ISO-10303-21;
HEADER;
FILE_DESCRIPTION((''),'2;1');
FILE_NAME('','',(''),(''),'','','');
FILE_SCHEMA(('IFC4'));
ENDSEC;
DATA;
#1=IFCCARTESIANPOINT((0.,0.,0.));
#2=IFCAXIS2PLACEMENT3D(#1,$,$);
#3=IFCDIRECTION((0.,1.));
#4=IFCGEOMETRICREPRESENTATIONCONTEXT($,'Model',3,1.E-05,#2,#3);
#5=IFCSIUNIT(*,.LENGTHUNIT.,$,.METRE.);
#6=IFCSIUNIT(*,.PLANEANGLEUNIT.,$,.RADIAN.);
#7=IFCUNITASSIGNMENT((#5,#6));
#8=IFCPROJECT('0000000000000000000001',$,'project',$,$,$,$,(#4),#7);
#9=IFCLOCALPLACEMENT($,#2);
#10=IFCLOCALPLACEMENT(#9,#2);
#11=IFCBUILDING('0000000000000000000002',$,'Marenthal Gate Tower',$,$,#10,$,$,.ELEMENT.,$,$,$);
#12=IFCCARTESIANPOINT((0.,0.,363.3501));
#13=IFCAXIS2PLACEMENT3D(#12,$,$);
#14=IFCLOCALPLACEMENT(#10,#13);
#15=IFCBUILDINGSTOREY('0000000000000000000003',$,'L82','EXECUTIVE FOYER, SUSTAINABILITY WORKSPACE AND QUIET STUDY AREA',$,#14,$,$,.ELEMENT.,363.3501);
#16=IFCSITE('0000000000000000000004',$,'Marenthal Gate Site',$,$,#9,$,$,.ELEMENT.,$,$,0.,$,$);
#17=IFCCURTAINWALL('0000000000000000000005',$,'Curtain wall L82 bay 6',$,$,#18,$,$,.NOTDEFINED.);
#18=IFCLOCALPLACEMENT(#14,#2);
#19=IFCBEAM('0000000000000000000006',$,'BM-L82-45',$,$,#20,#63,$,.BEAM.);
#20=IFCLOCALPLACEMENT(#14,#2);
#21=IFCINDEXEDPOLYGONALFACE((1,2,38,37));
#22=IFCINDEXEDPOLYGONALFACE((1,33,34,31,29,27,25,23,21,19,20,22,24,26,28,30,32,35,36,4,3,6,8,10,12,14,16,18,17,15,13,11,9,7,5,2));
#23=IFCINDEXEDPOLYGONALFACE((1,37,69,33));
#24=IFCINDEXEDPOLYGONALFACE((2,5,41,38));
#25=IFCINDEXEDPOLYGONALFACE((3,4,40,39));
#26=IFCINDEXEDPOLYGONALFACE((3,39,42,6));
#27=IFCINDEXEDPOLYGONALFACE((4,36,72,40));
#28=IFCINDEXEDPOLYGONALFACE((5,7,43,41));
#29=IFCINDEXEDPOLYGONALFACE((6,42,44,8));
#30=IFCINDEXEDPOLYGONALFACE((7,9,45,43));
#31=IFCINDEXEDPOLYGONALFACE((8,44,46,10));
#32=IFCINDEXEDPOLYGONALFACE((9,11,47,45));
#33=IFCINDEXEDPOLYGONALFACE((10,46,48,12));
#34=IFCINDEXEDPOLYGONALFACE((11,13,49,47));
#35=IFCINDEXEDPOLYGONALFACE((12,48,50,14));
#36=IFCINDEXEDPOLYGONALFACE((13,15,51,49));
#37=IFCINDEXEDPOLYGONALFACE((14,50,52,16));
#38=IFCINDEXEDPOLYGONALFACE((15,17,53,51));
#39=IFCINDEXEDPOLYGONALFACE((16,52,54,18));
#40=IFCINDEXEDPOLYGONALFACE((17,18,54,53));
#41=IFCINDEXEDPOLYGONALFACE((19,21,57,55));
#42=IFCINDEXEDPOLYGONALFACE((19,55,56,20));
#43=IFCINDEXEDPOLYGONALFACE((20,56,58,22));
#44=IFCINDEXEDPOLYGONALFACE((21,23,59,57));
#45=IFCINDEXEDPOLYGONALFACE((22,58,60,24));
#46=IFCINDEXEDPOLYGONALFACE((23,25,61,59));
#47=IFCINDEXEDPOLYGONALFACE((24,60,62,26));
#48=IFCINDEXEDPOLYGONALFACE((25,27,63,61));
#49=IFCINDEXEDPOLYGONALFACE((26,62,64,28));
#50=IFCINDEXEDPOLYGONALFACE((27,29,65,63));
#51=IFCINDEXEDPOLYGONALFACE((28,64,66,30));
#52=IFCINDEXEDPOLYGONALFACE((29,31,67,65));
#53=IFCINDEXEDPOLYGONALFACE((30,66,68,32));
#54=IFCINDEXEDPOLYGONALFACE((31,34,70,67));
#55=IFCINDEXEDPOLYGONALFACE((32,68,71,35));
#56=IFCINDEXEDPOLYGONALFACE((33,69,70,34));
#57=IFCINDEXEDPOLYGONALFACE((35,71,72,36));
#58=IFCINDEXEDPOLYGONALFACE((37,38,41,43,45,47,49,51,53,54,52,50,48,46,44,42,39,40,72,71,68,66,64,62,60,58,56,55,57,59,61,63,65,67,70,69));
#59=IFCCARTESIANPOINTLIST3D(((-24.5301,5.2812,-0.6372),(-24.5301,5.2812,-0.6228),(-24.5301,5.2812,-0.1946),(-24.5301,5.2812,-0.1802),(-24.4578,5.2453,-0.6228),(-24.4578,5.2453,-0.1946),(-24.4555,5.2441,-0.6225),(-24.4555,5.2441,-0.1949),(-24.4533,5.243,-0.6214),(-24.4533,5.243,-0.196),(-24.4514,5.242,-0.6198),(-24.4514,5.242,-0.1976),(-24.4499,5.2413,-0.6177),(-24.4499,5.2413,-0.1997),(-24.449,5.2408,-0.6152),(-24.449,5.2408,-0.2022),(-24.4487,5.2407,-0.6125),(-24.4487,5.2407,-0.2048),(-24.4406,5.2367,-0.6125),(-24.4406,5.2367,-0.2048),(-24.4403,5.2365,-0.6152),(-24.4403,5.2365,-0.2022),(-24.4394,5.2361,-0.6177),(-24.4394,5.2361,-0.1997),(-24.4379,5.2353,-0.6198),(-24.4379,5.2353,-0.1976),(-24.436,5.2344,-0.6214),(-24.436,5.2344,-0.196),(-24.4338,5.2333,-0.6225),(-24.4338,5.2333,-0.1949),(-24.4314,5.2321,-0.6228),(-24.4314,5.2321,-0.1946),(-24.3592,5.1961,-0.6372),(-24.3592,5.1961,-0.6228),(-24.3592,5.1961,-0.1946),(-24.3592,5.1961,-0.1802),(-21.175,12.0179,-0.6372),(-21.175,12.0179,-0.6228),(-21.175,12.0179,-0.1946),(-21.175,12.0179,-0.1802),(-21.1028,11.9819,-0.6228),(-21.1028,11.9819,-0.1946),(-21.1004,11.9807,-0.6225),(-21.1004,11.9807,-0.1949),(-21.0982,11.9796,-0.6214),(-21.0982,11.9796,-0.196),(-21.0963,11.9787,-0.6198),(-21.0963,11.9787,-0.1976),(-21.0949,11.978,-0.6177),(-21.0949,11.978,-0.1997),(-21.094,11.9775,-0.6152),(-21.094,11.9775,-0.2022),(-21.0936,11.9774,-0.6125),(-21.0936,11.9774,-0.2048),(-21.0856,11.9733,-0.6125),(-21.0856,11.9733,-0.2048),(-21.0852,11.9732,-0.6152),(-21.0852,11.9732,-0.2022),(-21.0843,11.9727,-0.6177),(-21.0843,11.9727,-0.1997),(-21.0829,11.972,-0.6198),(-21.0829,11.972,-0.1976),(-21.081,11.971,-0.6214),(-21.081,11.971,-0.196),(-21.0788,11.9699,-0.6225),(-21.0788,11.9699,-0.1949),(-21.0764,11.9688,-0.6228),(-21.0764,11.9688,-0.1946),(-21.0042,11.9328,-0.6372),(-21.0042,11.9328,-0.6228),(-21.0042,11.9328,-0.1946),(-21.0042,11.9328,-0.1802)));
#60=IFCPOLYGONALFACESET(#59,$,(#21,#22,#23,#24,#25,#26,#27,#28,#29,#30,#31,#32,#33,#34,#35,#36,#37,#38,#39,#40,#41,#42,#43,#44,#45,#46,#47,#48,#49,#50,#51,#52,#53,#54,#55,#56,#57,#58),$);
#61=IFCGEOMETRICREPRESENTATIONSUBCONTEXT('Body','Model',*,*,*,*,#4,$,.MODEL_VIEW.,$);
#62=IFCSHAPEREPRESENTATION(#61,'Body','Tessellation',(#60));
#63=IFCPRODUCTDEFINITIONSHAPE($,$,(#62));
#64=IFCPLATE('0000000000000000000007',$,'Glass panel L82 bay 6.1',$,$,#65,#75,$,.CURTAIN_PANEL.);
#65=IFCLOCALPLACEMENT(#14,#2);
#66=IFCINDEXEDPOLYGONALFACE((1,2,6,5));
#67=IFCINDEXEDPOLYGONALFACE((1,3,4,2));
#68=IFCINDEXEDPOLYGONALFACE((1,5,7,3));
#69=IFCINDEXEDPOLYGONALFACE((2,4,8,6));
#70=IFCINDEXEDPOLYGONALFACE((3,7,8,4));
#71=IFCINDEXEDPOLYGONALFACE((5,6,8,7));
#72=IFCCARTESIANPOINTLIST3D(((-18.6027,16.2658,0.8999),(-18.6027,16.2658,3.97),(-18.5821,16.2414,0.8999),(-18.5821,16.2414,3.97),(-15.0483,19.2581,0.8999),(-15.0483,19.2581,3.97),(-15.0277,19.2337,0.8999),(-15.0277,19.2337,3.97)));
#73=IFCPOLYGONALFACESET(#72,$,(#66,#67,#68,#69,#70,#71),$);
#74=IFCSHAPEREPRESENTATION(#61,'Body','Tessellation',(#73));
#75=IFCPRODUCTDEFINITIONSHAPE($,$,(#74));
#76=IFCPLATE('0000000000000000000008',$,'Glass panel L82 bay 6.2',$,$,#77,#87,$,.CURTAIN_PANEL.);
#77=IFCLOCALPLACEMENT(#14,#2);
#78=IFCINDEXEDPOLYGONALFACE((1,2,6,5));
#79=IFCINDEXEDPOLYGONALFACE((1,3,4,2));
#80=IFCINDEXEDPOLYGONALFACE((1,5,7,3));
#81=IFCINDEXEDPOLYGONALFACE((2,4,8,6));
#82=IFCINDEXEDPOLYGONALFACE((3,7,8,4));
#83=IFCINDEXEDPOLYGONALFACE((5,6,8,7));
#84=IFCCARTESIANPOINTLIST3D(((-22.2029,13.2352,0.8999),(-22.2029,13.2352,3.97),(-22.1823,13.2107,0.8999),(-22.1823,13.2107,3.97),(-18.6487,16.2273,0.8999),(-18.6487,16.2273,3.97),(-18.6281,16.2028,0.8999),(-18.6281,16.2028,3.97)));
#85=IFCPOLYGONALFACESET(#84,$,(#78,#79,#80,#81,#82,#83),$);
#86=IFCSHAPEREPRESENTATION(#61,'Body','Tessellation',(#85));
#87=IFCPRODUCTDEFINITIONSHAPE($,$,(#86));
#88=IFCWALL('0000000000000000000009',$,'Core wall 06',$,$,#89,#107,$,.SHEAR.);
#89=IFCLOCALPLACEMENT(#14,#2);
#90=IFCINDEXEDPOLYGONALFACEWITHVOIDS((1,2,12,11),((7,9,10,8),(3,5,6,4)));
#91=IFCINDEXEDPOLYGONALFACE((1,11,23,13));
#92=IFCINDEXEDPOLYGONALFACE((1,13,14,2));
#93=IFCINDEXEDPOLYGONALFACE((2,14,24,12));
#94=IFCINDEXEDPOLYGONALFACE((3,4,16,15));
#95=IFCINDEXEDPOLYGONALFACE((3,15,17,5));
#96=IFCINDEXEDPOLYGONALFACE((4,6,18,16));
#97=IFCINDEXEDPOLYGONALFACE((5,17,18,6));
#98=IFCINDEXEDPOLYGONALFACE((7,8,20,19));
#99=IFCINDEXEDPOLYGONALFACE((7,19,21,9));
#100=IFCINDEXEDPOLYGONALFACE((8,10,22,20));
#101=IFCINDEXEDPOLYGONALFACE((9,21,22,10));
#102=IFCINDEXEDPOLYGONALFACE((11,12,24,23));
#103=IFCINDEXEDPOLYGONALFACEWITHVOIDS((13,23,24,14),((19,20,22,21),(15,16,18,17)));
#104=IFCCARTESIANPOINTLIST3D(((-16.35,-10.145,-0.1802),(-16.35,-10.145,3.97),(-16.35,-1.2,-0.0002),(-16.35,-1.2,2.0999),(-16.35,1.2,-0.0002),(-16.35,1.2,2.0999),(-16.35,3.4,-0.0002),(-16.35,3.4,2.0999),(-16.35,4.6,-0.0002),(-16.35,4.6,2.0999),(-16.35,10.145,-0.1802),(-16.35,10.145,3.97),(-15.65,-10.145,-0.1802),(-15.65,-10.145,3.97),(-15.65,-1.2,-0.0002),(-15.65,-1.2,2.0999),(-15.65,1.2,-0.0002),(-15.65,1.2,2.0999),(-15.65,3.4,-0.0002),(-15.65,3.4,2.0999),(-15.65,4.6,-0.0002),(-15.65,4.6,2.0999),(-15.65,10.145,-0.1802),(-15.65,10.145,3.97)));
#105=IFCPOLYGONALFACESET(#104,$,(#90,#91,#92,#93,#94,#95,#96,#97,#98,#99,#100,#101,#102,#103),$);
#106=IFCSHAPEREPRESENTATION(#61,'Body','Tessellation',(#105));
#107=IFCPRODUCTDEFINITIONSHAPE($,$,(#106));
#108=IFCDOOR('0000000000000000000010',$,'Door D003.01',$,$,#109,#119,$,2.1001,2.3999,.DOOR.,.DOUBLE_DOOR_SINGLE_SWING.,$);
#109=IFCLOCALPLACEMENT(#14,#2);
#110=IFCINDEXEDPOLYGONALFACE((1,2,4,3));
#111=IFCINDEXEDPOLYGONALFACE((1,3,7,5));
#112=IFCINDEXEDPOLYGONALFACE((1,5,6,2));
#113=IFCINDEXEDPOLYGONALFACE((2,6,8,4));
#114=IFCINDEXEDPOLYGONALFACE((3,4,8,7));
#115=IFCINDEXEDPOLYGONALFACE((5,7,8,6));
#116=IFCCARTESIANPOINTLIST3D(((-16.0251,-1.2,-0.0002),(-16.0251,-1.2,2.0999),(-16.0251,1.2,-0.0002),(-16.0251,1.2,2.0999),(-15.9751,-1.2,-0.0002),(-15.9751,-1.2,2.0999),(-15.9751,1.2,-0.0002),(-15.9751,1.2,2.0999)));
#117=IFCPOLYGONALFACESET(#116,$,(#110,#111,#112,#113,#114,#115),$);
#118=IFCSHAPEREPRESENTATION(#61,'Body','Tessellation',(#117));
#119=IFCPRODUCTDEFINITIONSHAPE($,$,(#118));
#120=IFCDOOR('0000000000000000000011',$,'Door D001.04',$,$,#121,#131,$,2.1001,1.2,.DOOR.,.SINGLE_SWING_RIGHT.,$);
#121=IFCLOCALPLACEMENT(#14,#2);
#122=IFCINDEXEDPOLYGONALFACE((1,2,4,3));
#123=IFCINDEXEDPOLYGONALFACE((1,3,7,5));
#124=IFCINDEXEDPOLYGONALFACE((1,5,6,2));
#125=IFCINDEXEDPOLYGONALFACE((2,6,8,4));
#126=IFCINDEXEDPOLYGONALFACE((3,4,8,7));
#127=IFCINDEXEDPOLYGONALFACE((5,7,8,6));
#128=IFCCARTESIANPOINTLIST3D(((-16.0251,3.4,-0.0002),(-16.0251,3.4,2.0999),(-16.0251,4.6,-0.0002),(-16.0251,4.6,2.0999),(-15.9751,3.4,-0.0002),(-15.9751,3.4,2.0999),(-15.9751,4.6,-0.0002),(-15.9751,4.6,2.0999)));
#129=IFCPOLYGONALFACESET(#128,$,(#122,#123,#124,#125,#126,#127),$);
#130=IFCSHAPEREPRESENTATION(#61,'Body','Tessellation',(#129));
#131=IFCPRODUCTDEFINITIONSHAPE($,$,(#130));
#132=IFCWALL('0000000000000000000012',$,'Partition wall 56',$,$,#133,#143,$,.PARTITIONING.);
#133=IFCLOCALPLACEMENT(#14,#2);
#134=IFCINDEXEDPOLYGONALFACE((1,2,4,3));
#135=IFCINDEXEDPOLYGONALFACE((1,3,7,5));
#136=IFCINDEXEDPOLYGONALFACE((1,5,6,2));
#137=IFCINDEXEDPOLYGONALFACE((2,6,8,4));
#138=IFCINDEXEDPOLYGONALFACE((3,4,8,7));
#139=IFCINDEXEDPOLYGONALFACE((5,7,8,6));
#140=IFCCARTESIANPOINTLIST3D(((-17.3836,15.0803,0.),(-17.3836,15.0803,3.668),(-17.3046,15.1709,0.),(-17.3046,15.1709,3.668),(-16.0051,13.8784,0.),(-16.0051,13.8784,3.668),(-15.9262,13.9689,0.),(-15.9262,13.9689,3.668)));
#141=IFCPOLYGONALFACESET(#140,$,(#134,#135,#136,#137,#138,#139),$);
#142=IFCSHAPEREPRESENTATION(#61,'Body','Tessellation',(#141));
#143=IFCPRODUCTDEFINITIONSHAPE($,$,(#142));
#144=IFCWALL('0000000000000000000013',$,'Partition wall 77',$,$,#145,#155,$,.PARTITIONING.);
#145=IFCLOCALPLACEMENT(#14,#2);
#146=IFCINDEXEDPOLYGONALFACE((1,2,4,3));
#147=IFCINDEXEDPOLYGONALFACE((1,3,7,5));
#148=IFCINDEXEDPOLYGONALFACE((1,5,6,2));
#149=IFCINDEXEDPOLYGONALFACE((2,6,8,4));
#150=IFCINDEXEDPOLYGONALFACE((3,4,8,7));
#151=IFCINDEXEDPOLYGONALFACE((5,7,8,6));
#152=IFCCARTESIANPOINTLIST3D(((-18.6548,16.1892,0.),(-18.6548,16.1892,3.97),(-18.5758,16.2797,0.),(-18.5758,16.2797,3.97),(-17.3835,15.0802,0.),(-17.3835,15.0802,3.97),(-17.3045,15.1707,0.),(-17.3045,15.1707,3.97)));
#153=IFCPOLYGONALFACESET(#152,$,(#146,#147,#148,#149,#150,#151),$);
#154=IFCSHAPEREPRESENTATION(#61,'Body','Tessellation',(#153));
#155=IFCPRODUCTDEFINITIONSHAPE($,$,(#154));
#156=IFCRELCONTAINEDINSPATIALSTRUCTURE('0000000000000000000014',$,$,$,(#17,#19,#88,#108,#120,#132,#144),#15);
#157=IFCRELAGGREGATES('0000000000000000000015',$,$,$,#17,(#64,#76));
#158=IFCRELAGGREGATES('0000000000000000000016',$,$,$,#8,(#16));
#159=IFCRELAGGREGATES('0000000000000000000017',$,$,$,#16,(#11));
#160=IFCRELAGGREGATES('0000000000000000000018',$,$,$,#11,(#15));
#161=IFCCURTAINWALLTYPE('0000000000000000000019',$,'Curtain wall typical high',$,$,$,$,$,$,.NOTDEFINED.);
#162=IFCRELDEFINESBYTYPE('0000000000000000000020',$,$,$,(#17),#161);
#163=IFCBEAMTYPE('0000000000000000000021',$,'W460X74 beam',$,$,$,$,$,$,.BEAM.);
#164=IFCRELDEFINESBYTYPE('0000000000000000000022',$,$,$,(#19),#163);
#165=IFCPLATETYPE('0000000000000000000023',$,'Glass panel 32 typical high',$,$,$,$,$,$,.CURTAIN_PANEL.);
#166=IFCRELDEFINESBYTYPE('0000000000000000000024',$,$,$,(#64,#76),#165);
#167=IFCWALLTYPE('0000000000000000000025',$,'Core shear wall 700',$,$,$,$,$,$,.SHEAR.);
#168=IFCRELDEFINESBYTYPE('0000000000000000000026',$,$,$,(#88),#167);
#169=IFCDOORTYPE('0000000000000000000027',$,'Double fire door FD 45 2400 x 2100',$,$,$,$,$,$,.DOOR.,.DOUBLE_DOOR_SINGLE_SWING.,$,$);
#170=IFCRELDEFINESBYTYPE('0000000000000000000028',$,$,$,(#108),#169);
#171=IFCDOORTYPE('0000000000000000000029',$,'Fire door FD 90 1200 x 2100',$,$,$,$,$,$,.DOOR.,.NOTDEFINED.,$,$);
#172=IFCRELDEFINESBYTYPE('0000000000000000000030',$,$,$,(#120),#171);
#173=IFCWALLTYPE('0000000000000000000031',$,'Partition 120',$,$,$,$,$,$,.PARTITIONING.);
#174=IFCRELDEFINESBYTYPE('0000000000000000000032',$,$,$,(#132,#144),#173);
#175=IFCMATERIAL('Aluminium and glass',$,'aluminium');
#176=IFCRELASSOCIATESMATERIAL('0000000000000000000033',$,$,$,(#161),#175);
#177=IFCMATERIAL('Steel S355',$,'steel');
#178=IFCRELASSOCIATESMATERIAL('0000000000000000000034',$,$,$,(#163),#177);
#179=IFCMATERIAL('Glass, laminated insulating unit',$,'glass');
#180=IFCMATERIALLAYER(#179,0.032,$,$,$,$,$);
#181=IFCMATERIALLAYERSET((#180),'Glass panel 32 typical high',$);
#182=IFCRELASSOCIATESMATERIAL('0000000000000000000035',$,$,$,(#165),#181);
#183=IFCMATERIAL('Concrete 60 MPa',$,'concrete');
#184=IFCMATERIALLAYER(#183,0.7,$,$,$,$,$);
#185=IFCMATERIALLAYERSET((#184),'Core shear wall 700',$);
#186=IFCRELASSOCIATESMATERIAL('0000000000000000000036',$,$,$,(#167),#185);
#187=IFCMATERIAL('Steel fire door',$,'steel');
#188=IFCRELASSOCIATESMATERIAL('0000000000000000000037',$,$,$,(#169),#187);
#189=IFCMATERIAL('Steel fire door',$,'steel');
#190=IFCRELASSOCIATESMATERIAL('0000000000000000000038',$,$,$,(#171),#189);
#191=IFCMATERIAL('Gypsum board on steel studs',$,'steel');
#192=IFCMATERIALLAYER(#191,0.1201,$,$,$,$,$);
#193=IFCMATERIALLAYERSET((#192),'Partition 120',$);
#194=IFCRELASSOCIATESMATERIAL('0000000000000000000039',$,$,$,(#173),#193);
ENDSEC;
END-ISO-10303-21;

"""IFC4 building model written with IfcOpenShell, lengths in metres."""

from ifc_helpers import new_model, si_unit, direction, frame, frame_2d, origin, origin_2d, place, context, subcontext, project, spatial, rectangle, i_section, extrude, material, layer, layer_set, material_profile, profile_set, type_object, element, fill, aggregate, save


model = new_model("IFC4")

# Units and contexts
model_context = context("Model", 3, precision=1e-05, world=origin(), true_north=direction((0.0, 1.0)))
body_context = subcontext(model_context, "Body", "Model", "MODEL_VIEW")
ifc_project = project(units=[si_unit("LENGTHUNIT", "METRE"), si_unit("PLANEANGLEUNIT", "RADIAN")], contexts=[model_context])

# Site, building, storey
site_placement = place(None, origin())
site = spatial("IfcSite", under=ifc_project, at=site_placement, Name="Marenthal Gate Site", CompositionType="ELEMENT", RefElevation=0.0)
building_placement = place(site_placement, origin())
building = spatial("IfcBuilding", under=site, at=building_placement, Name="Marenthal Gate Tower", CompositionType="ELEMENT")
storey_placement = place(building_placement, frame((0.0, 0.0, 363.3501)))
storey = spatial("IfcBuildingStorey", under=building, at=storey_placement, Name="L82", Description="EXECUTIVE FOYER, SUSTAINABILITY WORKSPACE AND QUIET STUDY AREA", CompositionType="ELEMENT", Elevation=363.3501)

# Curtain wall
ifc_material_1 = material(Name="Aluminium and glass", Category="aluminium")
curtain_wall_type = type_object("IfcCurtainWallType", Name="Curtain wall typical high", PredefinedType="NOTDEFINED", material=ifc_material_1)
curtain_wall_placement = place(storey_placement, origin())
curtain_wall = element("IfcCurtainWall", 1, at=curtain_wall_placement, inside=storey, type_object=curtain_wall_type, Name="Curtain wall L82 bay 6", PredefinedType="NOTDEFINED")

# Beam
ifc_material_2 = material(Name="Steel S355", Category="steel")
ifc_material_profile_1 = material_profile(ifc_material_2, i_section(OverallWidth=0.1909, OverallDepth=0.457, WebThickness=0.009, FlangeThickness=0.0144, FilletRadius=0.0103, at=origin_2d()), Name="W460X74")
ifc_profile_set_1 = profile_set([ifc_material_profile_1], Name="Steel S355")
beam_type_1 = type_object("IfcBeamType", Name="W460X74 beam", PredefinedType="BEAM", material=ifc_profile_set_1)
beam_1_placement = place(storey_placement, frame((-21.0896, 11.9753, -0.4087), z_axis=(-0.445799, -0.895133, 0.0), x_axis=(0.895133, -0.445799, 0.0)))
element("IfcBeam", 2, at=beam_1_placement, inside=storey, type_object=beam_type_1, Name="BM-L82-45", PredefinedType="BEAM", context=body_context, shape_type="SweptSolid", body=[
    extrude(i_section(OverallWidth=0.1909, OverallDepth=0.457, WebThickness=0.009, FlangeThickness=0.0144, FilletRadius=0.0103, at=origin_2d()), origin(), (0.0, 0.0, 1.0), 7.5259),
])

# Plates
ifc_material_3 = material(Name="Glass, laminated insulating unit", Category="glass")
ifc_layer_1 = layer(ifc_material_3, 0.032)
ifc_layer_set_1 = layer_set([ifc_layer_1], Name="Glass panel 32 typical high")
plate_type = type_object("IfcPlateType", Name="Glass panel 32 typical high", PredefinedType="CURTAIN_PANEL", material=ifc_layer_set_1)
plate_1_placement = place(storey_placement, frame((-16.8152, 17.7498, 0.8999), z_axis=(0.0, 0.0, 1.0), x_axis=(-0.765006, -0.644023, 0.0)))
plate_1 = element("IfcPlate", 3, at=plate_1_placement, type_object=plate_type, Name="Glass panel L82 bay 6.1", PredefinedType="CURTAIN_PANEL", context=body_context, shape_type="SweptSolid", body=[
    extrude(rectangle(XDim=4.6462, YDim=0.032, at=origin_2d()), origin(), (0.0, 0.0, 1.0), 3.0701),
])
plate_2_placement = place(storey_placement, frame((-20.4155, 14.719, 0.8999), z_axis=(0.0, 0.0, 1.0), x_axis=(-0.765006, -0.644023, 0.0)))
plate_2 = element("IfcPlate", 4, at=plate_2_placement, type_object=plate_type, Name="Glass panel L82 bay 6.2", PredefinedType="CURTAIN_PANEL", context=body_context, shape_type="SweptSolid", body=[
    extrude(rectangle(XDim=4.646, YDim=0.032, at=origin_2d()), origin(), (0.0, 0.0, 1.0), 3.0701),
])
aggregate(curtain_wall, [plate_1, plate_2])

# Wall, openings, doors
ifc_material_4 = material(Name="Concrete 60 MPa", Category="concrete")
ifc_layer_2 = layer(ifc_material_4, 0.7)
ifc_layer_set_2 = layer_set([ifc_layer_2], Name="Core shear wall 700")
wall_type_1 = type_object("IfcWallType", Name="Core shear wall 700", PredefinedType="SHEAR", material=ifc_layer_set_2)
wall_1_placement = place(storey_placement, frame((-16.0, 10.145, -0.1802), z_axis=(0.0, 0.0, 1.0), x_axis=(0.0, -1.0, 0.0)))
wall_1 = element("IfcWall", 5, at=wall_1_placement, inside=storey, type_object=wall_type_1, Name="Core wall 06", PredefinedType="SHEAR", context=body_context, shape_type="SweptSolid", body=[
    extrude(rectangle(XDim=20.29, YDim=0.7, at=frame_2d((10.145, 0.0))), origin(), (0.0, 0.0, 1.0), 4.1501),
])
opening_1_placement = place(wall_1_placement, frame((8.9451, 0.0, 0.1799)))
opening_1 = element("IfcOpeningElement", 6, at=opening_1_placement, cuts=wall_1, PredefinedType="OPENING", context=body_context, shape_type="SweptSolid", body=[
    extrude(rectangle(XDim=2.3999, YDim=2.1001, at=frame_2d((1.2, 1.05))), frame((0.0, 0.3599, 0.0), z_axis=(0.0, -1.0, 0.0), x_axis=(1.0, 0.0, 0.0)), (0.0, 0.0, 1.0), 0.72),
])
opening_2_placement = place(wall_1_placement, frame((5.5449, 0.0, 0.1799)))
opening_2 = element("IfcOpeningElement", 7, at=opening_2_placement, cuts=wall_1, PredefinedType="OPENING", context=body_context, shape_type="SweptSolid", body=[
    extrude(rectangle(XDim=1.2, YDim=2.1001, at=frame_2d((0.6001, 1.05))), frame((0.0, 0.3599, 0.0), z_axis=(0.0, -1.0, 0.0), x_axis=(1.0, 0.0, 0.0)), (0.0, 0.0, 1.0), 0.72),
])
ifc_material_5 = material(Name="Steel fire door", Category="steel")
door_type_1 = type_object("IfcDoorType", Name="Double fire door FD 45 2400 x 2100", OperationType="DOUBLE_DOOR_SINGLE_SWING", PredefinedType="DOOR", material=ifc_material_5)
door_1_placement = place(opening_1_placement, origin())
door_1 = element("IfcDoor", 8, at=door_1_placement, inside=storey, type_object=door_type_1, Name="Door D003.01", OperationType="DOUBLE_DOOR_SINGLE_SWING", OverallHeight=2.1001, OverallWidth=2.3999, PredefinedType="DOOR", context=body_context, shape_type="SweptSolid", body=[
    extrude(rectangle(XDim=2.3999, YDim=2.1001, at=frame_2d((1.2, 1.05))), frame((0.0, 0.0249, 0.0), z_axis=(0.0, -1.0, 0.0), x_axis=(1.0, 0.0, 0.0)), (0.0, 0.0, 1.0), 0.05),
])
fill(opening_1, door_1)
ifc_material_6 = material(Name="Steel fire door", Category="steel")
door_type_2 = type_object("IfcDoorType", Name="Fire door FD 90 1200 x 2100", OperationType="NOTDEFINED", PredefinedType="DOOR", material=ifc_material_6)
door_2_placement = place(opening_2_placement, origin())
door_2 = element("IfcDoor", 9, at=door_2_placement, inside=storey, type_object=door_type_2, Name="Door D001.04", OperationType="SINGLE_SWING_RIGHT", OverallHeight=2.1001, OverallWidth=1.2, PredefinedType="DOOR", context=body_context, shape_type="SweptSolid", body=[
    extrude(rectangle(XDim=1.2, YDim=2.1001, at=frame_2d((0.6001, 1.05))), frame((0.0, 0.0249, 0.0), z_axis=(0.0, -1.0, 0.0), x_axis=(1.0, 0.0, 0.0)), (0.0, 0.0, 1.0), 0.05),
])
fill(opening_2, door_2)

# Walls
ifc_material_7 = material(Name="Gypsum board on steel studs", Category="steel")
ifc_layer_3 = layer(ifc_material_7, 0.1201)
ifc_layer_set_3 = layer_set([ifc_layer_3], Name="Partition 120")
wall_type_2 = type_object("IfcWallType", Name="Partition 120", PredefinedType="PARTITIONING", material=ifc_layer_set_3)
wall_2_placement = place(storey_placement, frame((-15.9656, 13.9236, 0.0), z_axis=(0.0, 0.0, 1.0), x_axis=(-0.753717, 0.657199, 0.0)))
element("IfcWall", 10, at=wall_2_placement, inside=storey, type_object=wall_type_2, Name="Partition wall 56", PredefinedType="PARTITIONING", context=body_context, shape_type="SweptSolid", body=[
    extrude(rectangle(XDim=1.8289, YDim=0.1201, at=frame_2d((0.9146, 0.0))), origin(), (0.0, 0.0, 1.0), 3.668),
])
wall_3_placement = place(storey_placement, frame((-17.344, 15.1255, 0.0), z_axis=(0.0, 0.0, 1.0), x_axis=(-0.753589, 0.657346, 0.0)))
element("IfcWall", 11, at=wall_3_placement, inside=storey, type_object=wall_type_2, Name="Partition wall 77", PredefinedType="PARTITIONING", context=body_context, shape_type="SweptSolid", body=[
    extrude(rectangle(XDim=1.687, YDim=0.1201, at=frame_2d((0.8435, 0.0))), origin(), (0.0, 0.0, 1.0), 3.97),
])

save(model, "model.ifc")
